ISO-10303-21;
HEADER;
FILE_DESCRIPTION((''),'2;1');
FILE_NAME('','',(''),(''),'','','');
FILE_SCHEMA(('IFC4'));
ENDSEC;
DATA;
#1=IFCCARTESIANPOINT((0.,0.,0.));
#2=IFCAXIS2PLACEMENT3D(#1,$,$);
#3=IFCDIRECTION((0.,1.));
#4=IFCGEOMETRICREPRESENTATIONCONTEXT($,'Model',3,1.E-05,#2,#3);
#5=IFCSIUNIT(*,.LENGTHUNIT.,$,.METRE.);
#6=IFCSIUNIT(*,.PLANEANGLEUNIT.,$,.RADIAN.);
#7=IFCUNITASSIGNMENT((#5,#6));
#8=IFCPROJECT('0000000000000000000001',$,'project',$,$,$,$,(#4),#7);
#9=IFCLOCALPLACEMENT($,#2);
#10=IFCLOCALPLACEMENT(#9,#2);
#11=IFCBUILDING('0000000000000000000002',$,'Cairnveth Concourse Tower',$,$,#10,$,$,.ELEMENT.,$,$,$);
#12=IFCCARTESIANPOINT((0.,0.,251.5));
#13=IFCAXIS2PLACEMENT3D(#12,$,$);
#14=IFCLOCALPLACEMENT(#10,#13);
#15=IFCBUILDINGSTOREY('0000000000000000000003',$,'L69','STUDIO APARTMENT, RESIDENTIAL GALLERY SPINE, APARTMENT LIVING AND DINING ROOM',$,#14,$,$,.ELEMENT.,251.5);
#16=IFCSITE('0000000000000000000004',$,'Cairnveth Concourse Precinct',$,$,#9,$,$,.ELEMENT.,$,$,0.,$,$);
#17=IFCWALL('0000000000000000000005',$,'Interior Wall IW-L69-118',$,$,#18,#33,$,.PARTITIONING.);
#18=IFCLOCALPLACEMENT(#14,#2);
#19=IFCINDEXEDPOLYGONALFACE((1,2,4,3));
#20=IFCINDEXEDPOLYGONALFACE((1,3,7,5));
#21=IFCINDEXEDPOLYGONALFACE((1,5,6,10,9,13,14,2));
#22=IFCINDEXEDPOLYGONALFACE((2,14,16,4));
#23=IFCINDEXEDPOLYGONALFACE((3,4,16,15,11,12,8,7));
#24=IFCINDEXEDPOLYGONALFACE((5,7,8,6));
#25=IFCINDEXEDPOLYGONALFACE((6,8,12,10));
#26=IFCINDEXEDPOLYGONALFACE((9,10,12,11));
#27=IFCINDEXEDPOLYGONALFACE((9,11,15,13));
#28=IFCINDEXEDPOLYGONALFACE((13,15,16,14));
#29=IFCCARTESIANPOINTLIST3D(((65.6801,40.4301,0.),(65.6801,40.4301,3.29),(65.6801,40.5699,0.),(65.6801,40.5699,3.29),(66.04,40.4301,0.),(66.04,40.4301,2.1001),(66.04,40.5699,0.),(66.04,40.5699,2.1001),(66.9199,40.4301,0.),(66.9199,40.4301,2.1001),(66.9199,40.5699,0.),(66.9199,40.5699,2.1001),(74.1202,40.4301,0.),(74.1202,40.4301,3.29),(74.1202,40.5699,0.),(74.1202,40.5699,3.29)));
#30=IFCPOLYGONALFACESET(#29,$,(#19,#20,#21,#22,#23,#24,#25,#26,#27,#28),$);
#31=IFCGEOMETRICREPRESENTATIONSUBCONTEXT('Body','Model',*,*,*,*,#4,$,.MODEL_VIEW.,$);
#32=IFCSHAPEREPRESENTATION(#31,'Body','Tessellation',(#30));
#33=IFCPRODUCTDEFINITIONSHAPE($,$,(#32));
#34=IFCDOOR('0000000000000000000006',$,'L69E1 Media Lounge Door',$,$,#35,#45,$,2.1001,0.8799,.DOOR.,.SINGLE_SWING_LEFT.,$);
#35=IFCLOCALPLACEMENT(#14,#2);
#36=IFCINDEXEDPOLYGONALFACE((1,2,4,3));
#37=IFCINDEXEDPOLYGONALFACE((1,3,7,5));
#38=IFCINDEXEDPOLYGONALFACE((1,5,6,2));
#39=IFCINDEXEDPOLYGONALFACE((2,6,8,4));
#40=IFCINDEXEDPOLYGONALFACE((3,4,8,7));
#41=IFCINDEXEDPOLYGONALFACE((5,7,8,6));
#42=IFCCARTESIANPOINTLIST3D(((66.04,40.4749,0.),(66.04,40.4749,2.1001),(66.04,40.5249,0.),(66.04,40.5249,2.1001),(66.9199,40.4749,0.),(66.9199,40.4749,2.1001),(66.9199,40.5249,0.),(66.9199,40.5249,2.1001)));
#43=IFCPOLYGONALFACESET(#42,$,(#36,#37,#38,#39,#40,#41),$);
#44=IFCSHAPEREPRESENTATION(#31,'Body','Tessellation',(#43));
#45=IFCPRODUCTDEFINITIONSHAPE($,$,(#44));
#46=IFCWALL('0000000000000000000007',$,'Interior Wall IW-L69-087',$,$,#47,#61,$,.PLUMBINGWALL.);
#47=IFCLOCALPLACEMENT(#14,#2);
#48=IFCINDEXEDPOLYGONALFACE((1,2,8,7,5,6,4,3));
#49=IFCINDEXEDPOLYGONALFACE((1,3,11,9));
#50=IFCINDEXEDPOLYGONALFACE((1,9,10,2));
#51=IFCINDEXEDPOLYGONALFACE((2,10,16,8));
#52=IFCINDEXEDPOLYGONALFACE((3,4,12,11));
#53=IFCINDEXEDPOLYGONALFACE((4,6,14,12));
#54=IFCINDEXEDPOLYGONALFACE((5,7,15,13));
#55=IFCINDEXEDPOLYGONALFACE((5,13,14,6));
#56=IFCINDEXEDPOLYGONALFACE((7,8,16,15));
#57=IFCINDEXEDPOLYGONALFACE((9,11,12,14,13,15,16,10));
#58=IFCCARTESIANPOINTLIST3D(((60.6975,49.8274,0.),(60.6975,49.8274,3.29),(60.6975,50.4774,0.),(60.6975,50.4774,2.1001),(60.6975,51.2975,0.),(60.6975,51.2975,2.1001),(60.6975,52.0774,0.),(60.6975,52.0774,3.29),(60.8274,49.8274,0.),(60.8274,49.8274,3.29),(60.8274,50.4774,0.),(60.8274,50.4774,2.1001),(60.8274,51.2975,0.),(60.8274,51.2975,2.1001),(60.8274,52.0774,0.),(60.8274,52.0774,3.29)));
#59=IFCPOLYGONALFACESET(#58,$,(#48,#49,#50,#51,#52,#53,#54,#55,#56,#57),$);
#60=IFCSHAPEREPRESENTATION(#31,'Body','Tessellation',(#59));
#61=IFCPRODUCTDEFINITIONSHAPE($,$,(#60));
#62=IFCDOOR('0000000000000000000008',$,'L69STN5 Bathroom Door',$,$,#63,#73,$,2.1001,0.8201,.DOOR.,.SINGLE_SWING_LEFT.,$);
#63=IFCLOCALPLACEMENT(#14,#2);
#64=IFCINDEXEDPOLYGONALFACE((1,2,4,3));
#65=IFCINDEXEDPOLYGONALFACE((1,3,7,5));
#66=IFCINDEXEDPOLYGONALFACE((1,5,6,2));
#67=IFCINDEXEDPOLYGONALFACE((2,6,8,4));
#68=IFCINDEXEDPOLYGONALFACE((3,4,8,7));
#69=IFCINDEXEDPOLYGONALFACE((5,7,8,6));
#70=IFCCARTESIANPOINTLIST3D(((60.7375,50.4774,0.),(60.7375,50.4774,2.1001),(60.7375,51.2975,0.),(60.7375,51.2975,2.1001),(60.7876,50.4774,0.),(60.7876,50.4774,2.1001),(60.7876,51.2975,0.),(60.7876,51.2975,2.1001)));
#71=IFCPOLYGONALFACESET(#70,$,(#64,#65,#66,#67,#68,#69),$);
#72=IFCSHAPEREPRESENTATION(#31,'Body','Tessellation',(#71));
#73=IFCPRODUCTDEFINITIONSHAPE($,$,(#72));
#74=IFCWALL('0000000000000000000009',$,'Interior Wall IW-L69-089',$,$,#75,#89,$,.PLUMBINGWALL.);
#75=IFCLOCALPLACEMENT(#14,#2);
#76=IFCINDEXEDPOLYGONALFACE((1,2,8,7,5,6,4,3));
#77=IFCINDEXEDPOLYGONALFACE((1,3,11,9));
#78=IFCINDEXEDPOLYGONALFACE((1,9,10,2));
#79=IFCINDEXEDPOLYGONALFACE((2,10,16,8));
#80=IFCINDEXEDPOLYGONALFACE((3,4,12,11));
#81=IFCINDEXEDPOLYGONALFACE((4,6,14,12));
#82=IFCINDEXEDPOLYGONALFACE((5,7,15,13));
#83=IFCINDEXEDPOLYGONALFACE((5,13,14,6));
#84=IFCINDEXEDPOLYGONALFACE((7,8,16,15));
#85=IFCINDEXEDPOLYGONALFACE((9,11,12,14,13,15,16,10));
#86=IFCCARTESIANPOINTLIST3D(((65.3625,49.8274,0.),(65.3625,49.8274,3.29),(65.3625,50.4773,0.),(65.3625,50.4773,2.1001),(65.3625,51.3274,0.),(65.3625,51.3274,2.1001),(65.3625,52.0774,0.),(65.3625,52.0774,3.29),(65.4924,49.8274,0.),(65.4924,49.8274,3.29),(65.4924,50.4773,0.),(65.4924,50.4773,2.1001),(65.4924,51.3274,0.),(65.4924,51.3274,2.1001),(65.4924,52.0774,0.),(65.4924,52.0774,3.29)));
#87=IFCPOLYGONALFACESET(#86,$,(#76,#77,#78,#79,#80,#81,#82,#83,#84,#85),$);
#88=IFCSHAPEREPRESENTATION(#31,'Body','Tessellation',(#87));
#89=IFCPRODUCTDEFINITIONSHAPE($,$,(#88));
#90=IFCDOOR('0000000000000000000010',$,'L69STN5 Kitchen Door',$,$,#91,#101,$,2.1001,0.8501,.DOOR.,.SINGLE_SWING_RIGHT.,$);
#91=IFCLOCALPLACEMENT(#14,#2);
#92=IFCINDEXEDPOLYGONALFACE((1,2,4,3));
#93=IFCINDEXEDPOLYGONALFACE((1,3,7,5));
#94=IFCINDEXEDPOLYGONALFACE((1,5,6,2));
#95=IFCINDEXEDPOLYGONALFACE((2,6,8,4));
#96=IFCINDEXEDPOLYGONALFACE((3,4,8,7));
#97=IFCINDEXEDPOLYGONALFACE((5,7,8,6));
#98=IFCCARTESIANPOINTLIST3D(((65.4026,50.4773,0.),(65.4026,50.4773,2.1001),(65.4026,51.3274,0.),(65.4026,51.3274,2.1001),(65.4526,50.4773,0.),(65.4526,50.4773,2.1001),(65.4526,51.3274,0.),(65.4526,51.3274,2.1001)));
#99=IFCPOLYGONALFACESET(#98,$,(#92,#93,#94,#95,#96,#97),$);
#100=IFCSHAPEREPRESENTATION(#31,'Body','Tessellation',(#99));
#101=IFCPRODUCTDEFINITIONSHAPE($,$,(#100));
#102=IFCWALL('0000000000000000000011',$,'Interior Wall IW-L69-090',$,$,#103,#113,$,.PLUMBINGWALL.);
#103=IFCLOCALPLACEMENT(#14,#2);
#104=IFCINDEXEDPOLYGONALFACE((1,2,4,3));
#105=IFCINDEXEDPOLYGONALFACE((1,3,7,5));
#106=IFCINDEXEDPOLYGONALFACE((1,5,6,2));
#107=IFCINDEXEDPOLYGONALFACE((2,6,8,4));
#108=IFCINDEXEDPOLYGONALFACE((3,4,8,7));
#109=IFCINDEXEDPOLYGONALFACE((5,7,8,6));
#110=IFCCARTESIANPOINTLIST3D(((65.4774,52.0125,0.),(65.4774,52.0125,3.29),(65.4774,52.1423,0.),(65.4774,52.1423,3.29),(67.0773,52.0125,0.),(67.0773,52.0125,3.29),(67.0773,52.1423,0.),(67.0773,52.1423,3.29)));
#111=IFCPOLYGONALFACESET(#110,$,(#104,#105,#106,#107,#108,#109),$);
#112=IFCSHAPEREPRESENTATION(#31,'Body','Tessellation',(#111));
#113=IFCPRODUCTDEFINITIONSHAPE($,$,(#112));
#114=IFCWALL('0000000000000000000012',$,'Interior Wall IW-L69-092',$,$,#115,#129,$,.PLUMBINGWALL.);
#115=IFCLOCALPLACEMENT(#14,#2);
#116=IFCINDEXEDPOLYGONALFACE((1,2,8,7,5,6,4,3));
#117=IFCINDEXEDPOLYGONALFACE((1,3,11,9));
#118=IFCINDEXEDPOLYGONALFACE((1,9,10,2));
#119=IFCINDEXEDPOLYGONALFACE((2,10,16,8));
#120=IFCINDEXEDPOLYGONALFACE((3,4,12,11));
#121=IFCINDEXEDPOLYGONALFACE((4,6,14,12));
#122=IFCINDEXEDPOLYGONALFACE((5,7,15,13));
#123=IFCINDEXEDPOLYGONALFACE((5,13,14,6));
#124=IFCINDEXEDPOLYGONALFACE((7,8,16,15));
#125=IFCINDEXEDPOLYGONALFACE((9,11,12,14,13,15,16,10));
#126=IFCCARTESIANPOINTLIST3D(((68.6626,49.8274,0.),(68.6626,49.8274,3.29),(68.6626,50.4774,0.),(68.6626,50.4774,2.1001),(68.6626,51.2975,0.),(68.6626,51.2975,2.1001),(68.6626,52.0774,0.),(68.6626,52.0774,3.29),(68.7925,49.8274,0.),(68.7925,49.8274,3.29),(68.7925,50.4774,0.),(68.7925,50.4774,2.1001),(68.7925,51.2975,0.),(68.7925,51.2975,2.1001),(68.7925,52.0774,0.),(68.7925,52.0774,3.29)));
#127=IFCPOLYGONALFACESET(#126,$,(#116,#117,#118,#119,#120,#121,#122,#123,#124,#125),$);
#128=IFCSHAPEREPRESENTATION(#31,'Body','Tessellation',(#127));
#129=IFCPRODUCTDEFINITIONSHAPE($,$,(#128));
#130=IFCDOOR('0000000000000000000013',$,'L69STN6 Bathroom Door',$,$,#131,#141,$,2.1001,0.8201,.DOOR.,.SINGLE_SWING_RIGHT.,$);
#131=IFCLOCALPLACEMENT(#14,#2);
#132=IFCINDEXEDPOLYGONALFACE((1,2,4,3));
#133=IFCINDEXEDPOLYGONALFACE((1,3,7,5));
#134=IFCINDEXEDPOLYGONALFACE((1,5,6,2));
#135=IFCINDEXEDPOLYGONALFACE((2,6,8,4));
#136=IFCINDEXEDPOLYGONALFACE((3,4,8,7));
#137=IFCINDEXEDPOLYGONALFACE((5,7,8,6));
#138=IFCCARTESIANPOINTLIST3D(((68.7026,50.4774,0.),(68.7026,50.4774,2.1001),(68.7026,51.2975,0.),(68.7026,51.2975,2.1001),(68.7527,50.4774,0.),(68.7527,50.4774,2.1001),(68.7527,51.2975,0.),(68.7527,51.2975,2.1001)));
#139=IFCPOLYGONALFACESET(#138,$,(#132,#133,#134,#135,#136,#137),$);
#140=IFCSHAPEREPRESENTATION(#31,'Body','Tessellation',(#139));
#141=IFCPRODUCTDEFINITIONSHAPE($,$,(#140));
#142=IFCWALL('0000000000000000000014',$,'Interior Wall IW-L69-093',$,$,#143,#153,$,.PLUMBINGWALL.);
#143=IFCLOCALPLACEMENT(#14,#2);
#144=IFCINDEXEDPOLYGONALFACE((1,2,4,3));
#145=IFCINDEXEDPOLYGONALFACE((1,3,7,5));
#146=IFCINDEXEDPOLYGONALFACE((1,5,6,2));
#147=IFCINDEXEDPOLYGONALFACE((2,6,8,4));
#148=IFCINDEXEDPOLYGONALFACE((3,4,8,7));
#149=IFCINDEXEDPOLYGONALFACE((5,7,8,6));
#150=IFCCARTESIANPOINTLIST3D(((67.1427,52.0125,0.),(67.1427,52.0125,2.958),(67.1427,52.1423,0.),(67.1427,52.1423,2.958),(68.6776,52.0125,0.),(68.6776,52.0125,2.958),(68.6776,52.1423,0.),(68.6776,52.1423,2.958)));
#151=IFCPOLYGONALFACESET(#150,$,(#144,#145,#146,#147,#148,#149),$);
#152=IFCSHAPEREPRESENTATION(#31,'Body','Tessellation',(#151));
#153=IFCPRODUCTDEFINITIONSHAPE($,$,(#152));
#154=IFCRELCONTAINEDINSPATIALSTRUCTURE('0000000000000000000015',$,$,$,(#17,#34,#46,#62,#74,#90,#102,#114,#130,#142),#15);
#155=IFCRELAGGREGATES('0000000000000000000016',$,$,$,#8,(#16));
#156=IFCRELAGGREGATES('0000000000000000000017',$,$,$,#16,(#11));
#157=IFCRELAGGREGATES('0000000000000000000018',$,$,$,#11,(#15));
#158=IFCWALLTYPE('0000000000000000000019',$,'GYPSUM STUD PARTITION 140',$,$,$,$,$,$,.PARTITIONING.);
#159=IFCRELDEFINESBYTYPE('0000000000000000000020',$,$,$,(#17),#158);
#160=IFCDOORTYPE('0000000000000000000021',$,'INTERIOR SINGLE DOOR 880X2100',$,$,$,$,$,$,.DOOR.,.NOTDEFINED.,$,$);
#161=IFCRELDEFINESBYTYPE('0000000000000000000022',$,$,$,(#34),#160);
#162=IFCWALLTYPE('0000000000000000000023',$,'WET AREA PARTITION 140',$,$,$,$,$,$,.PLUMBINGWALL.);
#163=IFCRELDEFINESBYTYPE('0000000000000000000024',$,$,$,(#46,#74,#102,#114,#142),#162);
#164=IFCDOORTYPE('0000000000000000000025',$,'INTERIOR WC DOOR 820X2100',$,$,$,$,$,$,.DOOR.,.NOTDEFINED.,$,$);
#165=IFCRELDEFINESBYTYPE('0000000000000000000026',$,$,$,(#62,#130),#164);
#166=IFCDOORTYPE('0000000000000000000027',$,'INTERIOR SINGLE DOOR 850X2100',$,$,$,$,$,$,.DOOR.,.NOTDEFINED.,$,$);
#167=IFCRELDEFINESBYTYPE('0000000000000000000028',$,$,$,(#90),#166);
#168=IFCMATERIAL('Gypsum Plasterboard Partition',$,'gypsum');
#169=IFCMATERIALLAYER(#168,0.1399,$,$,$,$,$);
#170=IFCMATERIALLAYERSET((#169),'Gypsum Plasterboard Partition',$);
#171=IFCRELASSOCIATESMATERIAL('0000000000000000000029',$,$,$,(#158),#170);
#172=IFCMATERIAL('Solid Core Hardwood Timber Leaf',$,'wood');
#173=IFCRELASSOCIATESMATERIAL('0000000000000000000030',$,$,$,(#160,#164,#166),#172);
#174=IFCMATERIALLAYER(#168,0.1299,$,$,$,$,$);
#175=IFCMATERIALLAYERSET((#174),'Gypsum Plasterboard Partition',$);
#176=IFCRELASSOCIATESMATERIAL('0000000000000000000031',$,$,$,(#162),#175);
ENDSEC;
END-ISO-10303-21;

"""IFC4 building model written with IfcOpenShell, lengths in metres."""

from ifc_helpers import new_model, si_unit, direction, frame, frame_2d, origin, place, context, subcontext, project, spatial, rectangle, extrude, material, layer, layer_set, type_object, element, fill, save


model = new_model("IFC4")

# Units and contexts
model_context = context("Model", 3, precision=1e-05, world=origin(), true_north=direction((0.0, 1.0)))
body_context = subcontext(model_context, "Body", "Model", "MODEL_VIEW")
ifc_project = project(units=[si_unit("LENGTHUNIT", "METRE"), si_unit("PLANEANGLEUNIT", "RADIAN")], contexts=[model_context])

# Site, building, storey
site_placement = place(None, origin())
site = spatial("IfcSite", under=ifc_project, at=site_placement, Name="Cairnveth Concourse Precinct", CompositionType="ELEMENT", RefElevation=0.0)
building_placement = place(site_placement, origin())
building = spatial("IfcBuilding", under=site, at=building_placement, Name="Cairnveth Concourse Tower", CompositionType="ELEMENT")
storey_placement = place(building_placement, frame((0.0, 0.0, 251.5)))
storey = spatial("IfcBuildingStorey", under=building, at=storey_placement, Name="L69", Description="STUDIO APARTMENT, RESIDENTIAL GALLERY SPINE, APARTMENT LIVING AND DINING ROOM", CompositionType="ELEMENT", Elevation=251.5)

# Shared definitions
ifc_material_1 = material(Name="Gypsum Plasterboard Partition", Category="gypsum")

# Walls, openings, doors
ifc_layer_1 = layer(ifc_material_1, 0.1399)
ifc_layer_set_1 = layer_set([ifc_layer_1], Name="Gypsum Plasterboard Partition")
wall_type_1 = type_object("IfcWallType", Name="GYPSUM STUD PARTITION 140", PredefinedType="PARTITIONING", material=ifc_layer_set_1)
ifc_material_2 = material(Name="Solid Core Hardwood Timber Leaf", Category="wood")
door_type_1 = type_object("IfcDoorType", Name="INTERIOR SINGLE DOOR 880X2100", OperationType="NOTDEFINED", PredefinedType="DOOR", material=ifc_material_2)
door_type_2 = type_object("IfcDoorType", Name="INTERIOR WC DOOR 820X2100", OperationType="NOTDEFINED", PredefinedType="DOOR", material=ifc_material_2)
wall_1_placement = place(storey_placement, frame((65.6799, 40.5, 0.0), z_axis=(0.0, 0.0, 1.0), x_axis=(1.0, 0.0, 0.0)))
wall_1 = element("IfcWall", 1, at=wall_1_placement, inside=storey, type_object=wall_type_1, Name="Interior Wall IW-L69-118", PredefinedType="PARTITIONING", context=body_context, shape_type="SweptSolid", body=[
    extrude(rectangle(XDim=8.4402, YDim=0.1399, at=frame_2d((4.2202, 0.0))), origin(), (0.0, 0.0, 1.0), 3.29),
])
opening_1_placement = place(wall_1_placement, frame((0.3601, 0.0, 0.0)))
opening_1 = element("IfcOpeningElement", 2, at=opening_1_placement, cuts=wall_1, PredefinedType="OPENING", context=body_context, shape_type="SweptSolid", body=[
    extrude(rectangle(XDim=0.8799, YDim=2.1001, at=frame_2d((0.4399, 1.05))), frame((0.0, 0.0798, 0.0), z_axis=(0.0, -1.0, 0.0), x_axis=(1.0, 0.0, 0.0)), (0.0, 0.0, 1.0), 0.1599),
])
door_1_placement = place(opening_1_placement, origin())
door_1 = element("IfcDoor", 3, at=door_1_placement, inside=storey, type_object=door_type_1, Name="L69E1 Media Lounge Door", OperationType="SINGLE_SWING_LEFT", OverallHeight=2.1001, OverallWidth=0.8799, PredefinedType="DOOR", context=body_context, shape_type="SweptSolid", body=[
    extrude(rectangle(XDim=0.8799, YDim=2.1001, at=frame_2d((0.4399, 1.05))), frame((0.0, 0.0249, 0.0), z_axis=(0.0, -1.0, 0.0), x_axis=(1.0, 0.0, 0.0)), (0.0, 0.0, 1.0), 0.05),
])
fill(opening_1, door_1)
ifc_layer_2 = layer(ifc_material_1, 0.1299)
ifc_layer_set_2 = layer_set([ifc_layer_2], Name="Gypsum Plasterboard Partition")
wall_type_2 = type_object("IfcWallType", Name="WET AREA PARTITION 140", PredefinedType="PLUMBINGWALL", material=ifc_layer_set_2)
wall_2_placement = place(storey_placement, frame((60.7625, 49.8274, 0.0), z_axis=(0.0, 0.0, 1.0), x_axis=(0.0, 1.0, 0.0)))
wall_2 = element("IfcWall", 4, at=wall_2_placement, inside=storey, type_object=wall_type_2, Name="Interior Wall IW-L69-087", PredefinedType="PLUMBINGWALL", context=body_context, shape_type="SweptSolid", body=[
    extrude(rectangle(XDim=2.25, YDim=0.1299, at=frame_2d((1.125, 0.0))), origin(), (0.0, 0.0, 1.0), 3.29),
])
opening_2_placement = place(wall_2_placement, frame((0.6499, 0.0, 0.0)))
opening_2 = element("IfcOpeningElement", 5, at=opening_2_placement, cuts=wall_2, PredefinedType="OPENING", context=body_context, shape_type="SweptSolid", body=[
    extrude(rectangle(XDim=0.8201, YDim=2.1001, at=frame_2d((0.4102, 1.05))), frame((0.0, 0.075, 0.0), z_axis=(0.0, -1.0, 0.0), x_axis=(1.0, 0.0, 0.0)), (0.0, 0.0, 1.0), 0.1499),
])
door_2_placement = place(opening_2_placement, origin())
door_2 = element("IfcDoor", 6, at=door_2_placement, inside=storey, type_object=door_type_2, Name="L69STN5 Bathroom Door", OperationType="SINGLE_SWING_LEFT", OverallHeight=2.1001, OverallWidth=0.8201, PredefinedType="DOOR", context=body_context, shape_type="SweptSolid", body=[
    extrude(rectangle(XDim=0.8201, YDim=2.1001, at=frame_2d((0.4102, 1.05))), frame((0.0, 0.0249, 0.0), z_axis=(0.0, -1.0, 0.0), x_axis=(1.0, 0.0, 0.0)), (0.0, 0.0, 1.0), 0.05),
])
fill(opening_2, door_2)
wall_3_placement = place(storey_placement, frame((65.4275, 49.8274, 0.0), z_axis=(0.0, 0.0, 1.0), x_axis=(0.0, 1.0, 0.0)))
wall_3 = element("IfcWall", 7, at=wall_3_placement, inside=storey, type_object=wall_type_2, Name="Interior Wall IW-L69-089", PredefinedType="PLUMBINGWALL", context=body_context, shape_type="SweptSolid", body=[
    extrude(rectangle(XDim=2.25, YDim=0.1299, at=frame_2d((1.125, 0.0))), origin(), (0.0, 0.0, 1.0), 3.29),
])
opening_3_placement = place(wall_3_placement, frame((0.6499, 0.0, 0.0)))
opening_3 = element("IfcOpeningElement", 8, at=opening_3_placement, cuts=wall_3, PredefinedType="OPENING", context=body_context, shape_type="SweptSolid", body=[
    extrude(rectangle(XDim=0.8501, YDim=2.1001, at=frame_2d((0.425, 1.05))), frame((0.0, 0.075, 0.0), z_axis=(0.0, -1.0, 0.0), x_axis=(1.0, 0.0, 0.0)), (0.0, 0.0, 1.0), 0.1499),
])
door_type_3 = type_object("IfcDoorType", Name="INTERIOR SINGLE DOOR 850X2100", OperationType="NOTDEFINED", PredefinedType="DOOR", material=ifc_material_2)
door_3_placement = place(opening_3_placement, origin())
door_3 = element("IfcDoor", 9, at=door_3_placement, inside=storey, type_object=door_type_3, Name="L69STN5 Kitchen Door", OperationType="SINGLE_SWING_RIGHT", OverallHeight=2.1001, OverallWidth=0.8501, PredefinedType="DOOR", context=body_context, shape_type="SweptSolid", body=[
    extrude(rectangle(XDim=0.8501, YDim=2.1001, at=frame_2d((0.425, 1.05))), frame((0.0, 0.0249, 0.0), z_axis=(0.0, -1.0, 0.0), x_axis=(1.0, 0.0, 0.0)), (0.0, 0.0, 1.0), 0.05),
])
fill(opening_3, door_3)

# Wall
wall_4_placement = place(storey_placement, frame((65.4775, 52.0774, 0.0), z_axis=(0.0, 0.0, 1.0), x_axis=(1.0, 0.0, 0.0)))
element("IfcWall", 10, at=wall_4_placement, inside=storey, type_object=wall_type_2, Name="Interior Wall IW-L69-090", PredefinedType="PLUMBINGWALL", context=body_context, shape_type="SweptSolid", body=[
    extrude(rectangle(XDim=1.5999, YDim=0.1299, at=frame_2d((0.7998, 0.0))), origin(), (0.0, 0.0, 1.0), 3.29),
])

# Wall, opening, door
wall_5_placement = place(storey_placement, frame((68.7275, 49.8274, 0.0), z_axis=(0.0, 0.0, 1.0), x_axis=(0.0, 1.0, 0.0)))
wall_5 = element("IfcWall", 11, at=wall_5_placement, inside=storey, type_object=wall_type_2, Name="Interior Wall IW-L69-092", PredefinedType="PLUMBINGWALL", context=body_context, shape_type="SweptSolid", body=[
    extrude(rectangle(XDim=2.25, YDim=0.1299, at=frame_2d((1.125, 0.0))), origin(), (0.0, 0.0, 1.0), 3.29),
])
opening_4_placement = place(wall_5_placement, frame((0.6499, 0.0, 0.0)))
opening_4 = element("IfcOpeningElement", 12, at=opening_4_placement, cuts=wall_5, PredefinedType="OPENING", context=body_context, shape_type="SweptSolid", body=[
    extrude(rectangle(XDim=0.8201, YDim=2.1001, at=frame_2d((0.4102, 1.05))), frame((0.0, 0.075, 0.0), z_axis=(0.0, -1.0, 0.0), x_axis=(1.0, 0.0, 0.0)), (0.0, 0.0, 1.0), 0.1499),
])
door_4_placement = place(opening_4_placement, origin())
door_4 = element("IfcDoor", 13, at=door_4_placement, inside=storey, type_object=door_type_2, Name="L69STN6 Bathroom Door", OperationType="SINGLE_SWING_RIGHT", OverallHeight=2.1001, OverallWidth=0.8201, PredefinedType="DOOR", context=body_context, shape_type="SweptSolid", body=[
    extrude(rectangle(XDim=0.8201, YDim=2.1001, at=frame_2d((0.4102, 1.05))), frame((0.0, 0.0249, 0.0), z_axis=(0.0, -1.0, 0.0), x_axis=(1.0, 0.0, 0.0)), (0.0, 0.0, 1.0), 0.05),
])
fill(opening_4, door_4)

# Wall
wall_6_placement = place(storey_placement, frame((67.1426, 52.0774, 0.0), z_axis=(0.0, 0.0, 1.0), x_axis=(1.0, 0.0, 0.0)))
element("IfcWall", 14, at=wall_6_placement, inside=storey, type_object=wall_type_2, Name="Interior Wall IW-L69-093", PredefinedType="PLUMBINGWALL", context=body_context, shape_type="SweptSolid", body=[
    extrude(rectangle(XDim=1.5349, YDim=0.1299, at=frame_2d((0.7676, 0.0))), origin(), (0.0, 0.0, 1.0), 2.958),
])

save(model, "model.ifc")
